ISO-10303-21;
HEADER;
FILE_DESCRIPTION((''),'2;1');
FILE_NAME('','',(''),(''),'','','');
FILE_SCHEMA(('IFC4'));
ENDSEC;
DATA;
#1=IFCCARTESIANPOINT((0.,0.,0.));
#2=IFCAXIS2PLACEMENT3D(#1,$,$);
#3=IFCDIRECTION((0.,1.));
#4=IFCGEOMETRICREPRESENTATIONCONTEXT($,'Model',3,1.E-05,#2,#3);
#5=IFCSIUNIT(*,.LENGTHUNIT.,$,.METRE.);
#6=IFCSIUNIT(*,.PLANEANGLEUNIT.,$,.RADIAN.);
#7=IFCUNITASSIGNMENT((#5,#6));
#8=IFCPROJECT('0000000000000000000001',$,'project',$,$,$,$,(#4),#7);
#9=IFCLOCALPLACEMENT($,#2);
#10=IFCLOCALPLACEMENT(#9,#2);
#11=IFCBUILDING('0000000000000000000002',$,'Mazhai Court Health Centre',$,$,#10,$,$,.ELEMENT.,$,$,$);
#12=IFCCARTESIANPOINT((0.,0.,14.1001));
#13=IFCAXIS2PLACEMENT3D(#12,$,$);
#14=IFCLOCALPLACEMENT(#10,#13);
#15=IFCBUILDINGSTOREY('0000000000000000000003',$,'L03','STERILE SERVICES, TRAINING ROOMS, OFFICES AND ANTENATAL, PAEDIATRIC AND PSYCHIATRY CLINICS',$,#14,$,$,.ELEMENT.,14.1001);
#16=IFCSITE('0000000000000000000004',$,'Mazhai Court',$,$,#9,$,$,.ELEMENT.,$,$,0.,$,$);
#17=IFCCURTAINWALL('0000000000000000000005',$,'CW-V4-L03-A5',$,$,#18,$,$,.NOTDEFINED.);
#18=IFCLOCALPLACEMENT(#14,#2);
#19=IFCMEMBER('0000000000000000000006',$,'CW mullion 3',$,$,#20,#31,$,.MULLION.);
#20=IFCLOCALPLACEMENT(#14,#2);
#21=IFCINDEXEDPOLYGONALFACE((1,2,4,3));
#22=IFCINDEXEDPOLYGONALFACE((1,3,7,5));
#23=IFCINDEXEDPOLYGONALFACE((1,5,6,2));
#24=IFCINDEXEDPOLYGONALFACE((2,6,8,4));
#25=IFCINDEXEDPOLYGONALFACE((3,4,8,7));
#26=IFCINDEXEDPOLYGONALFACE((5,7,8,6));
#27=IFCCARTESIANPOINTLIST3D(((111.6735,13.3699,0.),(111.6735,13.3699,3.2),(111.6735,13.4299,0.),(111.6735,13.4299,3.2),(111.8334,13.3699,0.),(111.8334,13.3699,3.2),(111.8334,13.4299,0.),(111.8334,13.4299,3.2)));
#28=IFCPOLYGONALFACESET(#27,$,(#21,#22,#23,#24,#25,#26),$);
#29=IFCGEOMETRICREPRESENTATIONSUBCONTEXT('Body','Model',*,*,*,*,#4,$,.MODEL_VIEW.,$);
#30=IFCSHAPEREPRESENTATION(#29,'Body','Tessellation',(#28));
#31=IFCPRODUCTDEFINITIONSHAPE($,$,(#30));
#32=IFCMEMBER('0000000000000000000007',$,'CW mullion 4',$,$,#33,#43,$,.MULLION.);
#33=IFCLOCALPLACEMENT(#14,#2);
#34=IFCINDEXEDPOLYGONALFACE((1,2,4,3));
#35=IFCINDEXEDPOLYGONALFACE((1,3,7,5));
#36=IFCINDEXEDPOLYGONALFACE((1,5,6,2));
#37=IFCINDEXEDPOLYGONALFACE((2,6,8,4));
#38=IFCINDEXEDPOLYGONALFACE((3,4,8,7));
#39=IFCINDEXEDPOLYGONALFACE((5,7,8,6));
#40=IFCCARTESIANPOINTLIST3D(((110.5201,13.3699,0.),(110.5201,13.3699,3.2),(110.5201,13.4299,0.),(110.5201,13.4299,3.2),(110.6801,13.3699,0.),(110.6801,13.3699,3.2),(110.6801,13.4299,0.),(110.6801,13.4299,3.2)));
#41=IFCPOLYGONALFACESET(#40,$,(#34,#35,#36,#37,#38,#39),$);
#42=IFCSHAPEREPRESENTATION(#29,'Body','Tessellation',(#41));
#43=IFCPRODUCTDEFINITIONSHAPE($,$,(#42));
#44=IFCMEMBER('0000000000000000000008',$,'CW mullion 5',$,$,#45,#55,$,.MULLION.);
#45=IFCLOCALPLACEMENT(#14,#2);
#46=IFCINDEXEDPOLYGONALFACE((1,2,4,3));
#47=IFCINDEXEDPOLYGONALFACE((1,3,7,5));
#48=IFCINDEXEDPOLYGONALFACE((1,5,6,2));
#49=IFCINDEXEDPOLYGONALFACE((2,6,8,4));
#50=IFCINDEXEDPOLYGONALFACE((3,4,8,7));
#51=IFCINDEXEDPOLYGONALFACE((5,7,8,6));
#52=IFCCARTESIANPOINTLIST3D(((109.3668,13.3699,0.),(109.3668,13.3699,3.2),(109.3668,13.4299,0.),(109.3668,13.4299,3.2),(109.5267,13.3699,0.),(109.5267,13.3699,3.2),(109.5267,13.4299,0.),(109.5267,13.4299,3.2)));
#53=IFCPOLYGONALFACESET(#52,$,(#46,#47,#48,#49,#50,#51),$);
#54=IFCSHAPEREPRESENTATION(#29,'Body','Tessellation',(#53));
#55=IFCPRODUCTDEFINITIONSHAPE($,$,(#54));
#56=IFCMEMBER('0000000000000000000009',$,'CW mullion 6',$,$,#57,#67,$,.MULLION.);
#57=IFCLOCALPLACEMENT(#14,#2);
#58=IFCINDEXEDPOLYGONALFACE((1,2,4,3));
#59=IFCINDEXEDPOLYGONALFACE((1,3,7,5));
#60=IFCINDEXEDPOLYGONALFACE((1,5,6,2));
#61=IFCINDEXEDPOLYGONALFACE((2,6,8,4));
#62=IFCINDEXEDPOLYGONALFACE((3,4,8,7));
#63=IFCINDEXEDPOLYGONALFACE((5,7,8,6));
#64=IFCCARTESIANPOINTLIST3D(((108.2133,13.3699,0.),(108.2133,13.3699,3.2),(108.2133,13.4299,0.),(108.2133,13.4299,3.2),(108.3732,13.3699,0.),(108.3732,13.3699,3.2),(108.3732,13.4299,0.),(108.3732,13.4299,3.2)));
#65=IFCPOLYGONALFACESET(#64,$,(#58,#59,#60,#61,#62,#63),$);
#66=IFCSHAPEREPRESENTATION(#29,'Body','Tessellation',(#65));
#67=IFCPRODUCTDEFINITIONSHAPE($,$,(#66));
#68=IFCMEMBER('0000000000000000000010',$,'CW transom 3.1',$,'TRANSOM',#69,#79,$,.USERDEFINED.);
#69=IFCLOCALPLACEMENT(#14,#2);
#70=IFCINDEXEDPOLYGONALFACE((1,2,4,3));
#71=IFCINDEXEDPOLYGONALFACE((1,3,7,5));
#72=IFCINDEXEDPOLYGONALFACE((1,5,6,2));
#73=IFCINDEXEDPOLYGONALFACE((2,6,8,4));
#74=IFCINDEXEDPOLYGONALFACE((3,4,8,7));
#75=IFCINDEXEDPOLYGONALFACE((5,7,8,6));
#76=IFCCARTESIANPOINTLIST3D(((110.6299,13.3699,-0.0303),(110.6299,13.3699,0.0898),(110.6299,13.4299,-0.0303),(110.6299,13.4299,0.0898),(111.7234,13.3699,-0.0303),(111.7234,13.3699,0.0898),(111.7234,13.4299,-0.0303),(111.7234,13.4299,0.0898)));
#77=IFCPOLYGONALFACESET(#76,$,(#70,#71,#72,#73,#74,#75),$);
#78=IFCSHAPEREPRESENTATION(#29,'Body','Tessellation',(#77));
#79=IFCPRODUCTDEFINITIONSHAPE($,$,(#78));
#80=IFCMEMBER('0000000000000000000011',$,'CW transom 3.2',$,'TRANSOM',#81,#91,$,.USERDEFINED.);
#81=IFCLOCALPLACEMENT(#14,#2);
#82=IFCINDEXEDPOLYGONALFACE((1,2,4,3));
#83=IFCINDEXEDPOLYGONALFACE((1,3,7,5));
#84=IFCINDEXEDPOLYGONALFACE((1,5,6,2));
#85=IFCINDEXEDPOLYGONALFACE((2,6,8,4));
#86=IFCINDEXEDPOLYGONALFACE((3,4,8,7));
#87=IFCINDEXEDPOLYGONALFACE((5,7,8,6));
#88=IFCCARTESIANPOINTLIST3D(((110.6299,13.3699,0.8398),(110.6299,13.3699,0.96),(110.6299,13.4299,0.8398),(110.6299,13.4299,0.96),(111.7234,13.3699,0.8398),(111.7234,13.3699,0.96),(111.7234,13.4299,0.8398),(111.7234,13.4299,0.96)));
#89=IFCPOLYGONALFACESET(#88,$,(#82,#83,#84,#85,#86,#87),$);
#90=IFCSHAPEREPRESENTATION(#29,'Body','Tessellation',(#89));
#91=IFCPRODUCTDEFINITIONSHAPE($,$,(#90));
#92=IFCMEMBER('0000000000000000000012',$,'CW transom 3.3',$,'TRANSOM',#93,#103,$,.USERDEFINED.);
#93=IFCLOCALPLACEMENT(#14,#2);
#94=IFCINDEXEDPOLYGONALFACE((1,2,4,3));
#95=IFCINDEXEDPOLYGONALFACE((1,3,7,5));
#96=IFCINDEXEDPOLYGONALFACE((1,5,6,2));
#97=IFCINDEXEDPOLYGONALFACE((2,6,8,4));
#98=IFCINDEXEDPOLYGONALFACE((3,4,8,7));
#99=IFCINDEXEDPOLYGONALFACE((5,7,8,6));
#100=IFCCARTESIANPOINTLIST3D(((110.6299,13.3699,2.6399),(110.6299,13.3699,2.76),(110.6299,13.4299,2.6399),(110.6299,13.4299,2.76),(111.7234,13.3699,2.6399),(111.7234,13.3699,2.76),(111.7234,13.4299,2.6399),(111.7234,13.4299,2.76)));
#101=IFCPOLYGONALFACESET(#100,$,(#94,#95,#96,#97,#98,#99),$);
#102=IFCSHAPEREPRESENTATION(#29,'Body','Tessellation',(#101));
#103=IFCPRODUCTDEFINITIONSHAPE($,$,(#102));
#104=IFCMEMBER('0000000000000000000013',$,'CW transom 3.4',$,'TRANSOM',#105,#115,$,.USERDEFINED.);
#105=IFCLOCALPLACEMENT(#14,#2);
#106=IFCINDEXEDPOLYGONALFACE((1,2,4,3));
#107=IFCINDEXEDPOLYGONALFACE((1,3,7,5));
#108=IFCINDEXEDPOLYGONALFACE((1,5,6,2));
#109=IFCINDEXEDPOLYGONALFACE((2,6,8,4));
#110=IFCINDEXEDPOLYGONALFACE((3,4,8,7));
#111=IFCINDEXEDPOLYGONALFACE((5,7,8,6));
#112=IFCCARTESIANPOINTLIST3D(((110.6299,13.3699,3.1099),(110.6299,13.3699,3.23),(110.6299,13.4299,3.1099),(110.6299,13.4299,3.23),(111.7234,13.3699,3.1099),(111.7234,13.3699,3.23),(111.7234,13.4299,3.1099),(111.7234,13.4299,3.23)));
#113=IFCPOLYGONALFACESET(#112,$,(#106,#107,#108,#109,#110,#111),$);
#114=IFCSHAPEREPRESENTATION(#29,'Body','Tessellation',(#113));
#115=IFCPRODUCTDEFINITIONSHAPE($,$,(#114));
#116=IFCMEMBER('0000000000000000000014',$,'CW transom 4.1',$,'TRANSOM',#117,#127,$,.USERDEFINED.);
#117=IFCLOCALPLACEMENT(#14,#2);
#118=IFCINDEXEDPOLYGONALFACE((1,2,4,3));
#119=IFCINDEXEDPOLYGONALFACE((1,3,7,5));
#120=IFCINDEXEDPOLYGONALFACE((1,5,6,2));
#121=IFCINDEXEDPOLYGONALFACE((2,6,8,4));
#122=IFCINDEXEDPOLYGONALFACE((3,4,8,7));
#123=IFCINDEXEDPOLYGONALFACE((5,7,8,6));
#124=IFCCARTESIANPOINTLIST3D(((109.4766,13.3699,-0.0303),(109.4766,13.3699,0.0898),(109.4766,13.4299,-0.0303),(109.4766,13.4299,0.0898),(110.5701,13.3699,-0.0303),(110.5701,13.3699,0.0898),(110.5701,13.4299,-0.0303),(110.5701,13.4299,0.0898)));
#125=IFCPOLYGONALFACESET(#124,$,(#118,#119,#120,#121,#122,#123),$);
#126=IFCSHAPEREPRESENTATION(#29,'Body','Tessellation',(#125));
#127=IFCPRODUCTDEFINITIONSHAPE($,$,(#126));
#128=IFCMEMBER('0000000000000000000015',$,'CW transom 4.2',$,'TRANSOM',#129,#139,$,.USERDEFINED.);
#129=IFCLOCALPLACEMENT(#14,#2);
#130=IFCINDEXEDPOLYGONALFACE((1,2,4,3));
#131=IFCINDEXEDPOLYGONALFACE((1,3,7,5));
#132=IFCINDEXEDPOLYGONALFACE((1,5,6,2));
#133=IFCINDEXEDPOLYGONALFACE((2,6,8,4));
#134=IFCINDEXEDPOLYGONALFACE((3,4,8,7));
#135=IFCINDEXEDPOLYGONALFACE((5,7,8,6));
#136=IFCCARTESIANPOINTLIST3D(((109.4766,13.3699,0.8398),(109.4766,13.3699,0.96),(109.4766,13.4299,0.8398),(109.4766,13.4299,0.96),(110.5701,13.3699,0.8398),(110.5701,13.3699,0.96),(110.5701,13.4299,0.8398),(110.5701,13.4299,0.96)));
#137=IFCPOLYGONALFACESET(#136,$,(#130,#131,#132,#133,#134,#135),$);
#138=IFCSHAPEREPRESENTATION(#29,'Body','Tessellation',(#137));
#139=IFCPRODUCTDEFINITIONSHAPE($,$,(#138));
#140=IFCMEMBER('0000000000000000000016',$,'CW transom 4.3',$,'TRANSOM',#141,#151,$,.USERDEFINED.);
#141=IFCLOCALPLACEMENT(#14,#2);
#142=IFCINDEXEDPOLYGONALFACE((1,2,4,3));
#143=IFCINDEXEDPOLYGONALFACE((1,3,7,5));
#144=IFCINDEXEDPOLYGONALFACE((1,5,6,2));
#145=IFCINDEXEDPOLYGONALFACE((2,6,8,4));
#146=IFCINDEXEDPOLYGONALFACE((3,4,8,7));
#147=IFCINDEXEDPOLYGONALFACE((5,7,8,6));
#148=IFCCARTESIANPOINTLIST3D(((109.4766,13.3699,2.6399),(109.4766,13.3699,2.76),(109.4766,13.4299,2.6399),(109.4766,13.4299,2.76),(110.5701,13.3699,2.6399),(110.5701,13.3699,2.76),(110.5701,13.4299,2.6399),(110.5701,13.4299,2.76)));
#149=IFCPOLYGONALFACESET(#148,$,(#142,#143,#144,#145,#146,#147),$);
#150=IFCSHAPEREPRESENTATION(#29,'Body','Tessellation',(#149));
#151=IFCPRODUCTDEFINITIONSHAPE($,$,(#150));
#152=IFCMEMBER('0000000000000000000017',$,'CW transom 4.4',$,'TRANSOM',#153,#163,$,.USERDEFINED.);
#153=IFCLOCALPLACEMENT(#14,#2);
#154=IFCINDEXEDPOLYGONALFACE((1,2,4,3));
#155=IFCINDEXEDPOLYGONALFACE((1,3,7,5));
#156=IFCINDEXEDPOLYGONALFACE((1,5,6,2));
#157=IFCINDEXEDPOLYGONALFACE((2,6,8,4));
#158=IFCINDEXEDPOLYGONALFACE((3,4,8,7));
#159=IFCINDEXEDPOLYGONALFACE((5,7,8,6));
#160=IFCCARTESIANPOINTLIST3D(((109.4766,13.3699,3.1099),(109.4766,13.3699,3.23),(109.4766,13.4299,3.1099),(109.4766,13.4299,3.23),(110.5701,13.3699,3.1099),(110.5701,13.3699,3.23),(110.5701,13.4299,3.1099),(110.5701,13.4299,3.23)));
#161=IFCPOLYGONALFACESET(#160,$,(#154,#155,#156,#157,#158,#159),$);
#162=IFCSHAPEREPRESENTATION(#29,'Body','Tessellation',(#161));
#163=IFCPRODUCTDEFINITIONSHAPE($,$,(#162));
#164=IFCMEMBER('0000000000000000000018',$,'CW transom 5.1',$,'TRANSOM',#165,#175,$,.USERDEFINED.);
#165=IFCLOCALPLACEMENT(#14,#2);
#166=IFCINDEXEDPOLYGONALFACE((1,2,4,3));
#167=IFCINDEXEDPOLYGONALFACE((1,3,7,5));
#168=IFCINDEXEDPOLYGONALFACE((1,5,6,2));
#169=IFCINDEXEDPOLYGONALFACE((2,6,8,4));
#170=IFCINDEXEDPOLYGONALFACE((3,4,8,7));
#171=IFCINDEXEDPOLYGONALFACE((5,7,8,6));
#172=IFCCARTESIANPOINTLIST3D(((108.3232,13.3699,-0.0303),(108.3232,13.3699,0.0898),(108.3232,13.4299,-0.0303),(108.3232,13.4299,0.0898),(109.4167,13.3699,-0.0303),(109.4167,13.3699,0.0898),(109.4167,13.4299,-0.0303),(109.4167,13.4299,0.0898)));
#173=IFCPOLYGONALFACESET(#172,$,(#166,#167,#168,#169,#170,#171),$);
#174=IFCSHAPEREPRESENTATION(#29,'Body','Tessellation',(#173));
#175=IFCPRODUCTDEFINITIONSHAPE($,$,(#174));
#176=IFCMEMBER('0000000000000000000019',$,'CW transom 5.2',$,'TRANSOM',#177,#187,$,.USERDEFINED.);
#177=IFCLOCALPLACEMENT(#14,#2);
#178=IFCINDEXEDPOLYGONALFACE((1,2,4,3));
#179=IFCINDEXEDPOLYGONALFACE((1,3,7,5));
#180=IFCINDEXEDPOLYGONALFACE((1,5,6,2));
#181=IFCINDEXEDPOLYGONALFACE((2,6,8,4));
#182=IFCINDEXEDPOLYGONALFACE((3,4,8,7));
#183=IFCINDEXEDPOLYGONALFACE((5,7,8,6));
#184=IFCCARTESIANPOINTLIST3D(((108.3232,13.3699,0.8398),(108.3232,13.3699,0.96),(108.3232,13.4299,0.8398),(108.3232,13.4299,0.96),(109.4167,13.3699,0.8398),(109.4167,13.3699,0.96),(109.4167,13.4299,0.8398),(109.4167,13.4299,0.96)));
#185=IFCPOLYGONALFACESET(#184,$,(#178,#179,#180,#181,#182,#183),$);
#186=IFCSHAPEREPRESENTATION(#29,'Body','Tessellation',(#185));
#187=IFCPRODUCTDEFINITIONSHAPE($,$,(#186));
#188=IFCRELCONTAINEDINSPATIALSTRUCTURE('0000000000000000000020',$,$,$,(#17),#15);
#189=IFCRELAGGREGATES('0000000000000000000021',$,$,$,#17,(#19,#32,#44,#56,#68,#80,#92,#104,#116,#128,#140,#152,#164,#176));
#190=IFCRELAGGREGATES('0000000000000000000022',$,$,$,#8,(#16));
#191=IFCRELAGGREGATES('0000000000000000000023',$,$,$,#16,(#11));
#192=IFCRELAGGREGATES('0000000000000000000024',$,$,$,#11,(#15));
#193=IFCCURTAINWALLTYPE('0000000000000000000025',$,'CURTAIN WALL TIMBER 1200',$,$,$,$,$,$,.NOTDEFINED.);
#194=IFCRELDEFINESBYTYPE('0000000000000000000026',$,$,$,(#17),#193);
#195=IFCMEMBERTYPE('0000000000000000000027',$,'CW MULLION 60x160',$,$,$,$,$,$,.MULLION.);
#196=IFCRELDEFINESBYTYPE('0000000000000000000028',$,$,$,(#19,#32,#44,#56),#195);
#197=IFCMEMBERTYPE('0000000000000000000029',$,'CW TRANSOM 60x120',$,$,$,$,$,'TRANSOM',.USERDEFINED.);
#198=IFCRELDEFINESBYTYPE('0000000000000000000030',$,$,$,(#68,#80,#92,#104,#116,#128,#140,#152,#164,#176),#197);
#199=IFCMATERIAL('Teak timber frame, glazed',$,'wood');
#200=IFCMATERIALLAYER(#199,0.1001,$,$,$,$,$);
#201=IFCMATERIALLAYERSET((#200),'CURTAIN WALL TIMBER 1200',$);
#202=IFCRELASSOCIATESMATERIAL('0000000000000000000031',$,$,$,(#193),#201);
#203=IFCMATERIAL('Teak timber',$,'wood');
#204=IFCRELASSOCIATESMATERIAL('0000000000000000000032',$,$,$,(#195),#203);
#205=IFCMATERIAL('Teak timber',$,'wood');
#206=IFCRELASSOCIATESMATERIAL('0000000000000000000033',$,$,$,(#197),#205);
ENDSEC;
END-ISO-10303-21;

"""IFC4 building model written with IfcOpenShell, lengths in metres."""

from ifc_helpers import new_model, si_unit, direction, frame, origin, origin_2d, place, context, subcontext, project, spatial, rectangle, extrude, material, layer, layer_set, material_profile, profile_set, type_object, element, aggregate, save


model = new_model("IFC4")

# Units and contexts
model_context = context("Model", 3, precision=1e-05, world=origin(), true_north=direction((0.0, 1.0)))
body_context = subcontext(model_context, "Body", "Model", "MODEL_VIEW")
ifc_project = project(units=[si_unit("LENGTHUNIT", "METRE"), si_unit("PLANEANGLEUNIT", "RADIAN")], contexts=[model_context])

# Site, building, storey
site_placement = place(None, origin())
site = spatial("IfcSite", under=ifc_project, at=site_placement, Name="Mazhai Court", CompositionType="ELEMENT", RefElevation=0.0)
building_placement = place(site_placement, origin())
building = spatial("IfcBuilding", under=site, at=building_placement, Name="Mazhai Court Health Centre", CompositionType="ELEMENT")
storey_placement = place(building_placement, frame((0.0, 0.0, 14.1001)))
storey = spatial("IfcBuildingStorey", under=building, at=storey_placement, Name="L03", Description="STERILE SERVICES, TRAINING ROOMS, OFFICES AND ANTENATAL, PAEDIATRIC AND PSYCHIATRY CLINICS", CompositionType="ELEMENT", Elevation=14.1001)

# Curtain wall, members
ifc_material_1 = material(Name="Teak timber frame, glazed", Category="wood")
ifc_layer_1 = layer(ifc_material_1, 0.1001)
ifc_layer_set_1 = layer_set([ifc_layer_1], Name="CURTAIN WALL TIMBER 1200")
curtain_wall_type = type_object("IfcCurtainWallType", Name="CURTAIN WALL TIMBER 1200", PredefinedType="NOTDEFINED", material=ifc_layer_set_1)
curtain_wall_placement = place(storey_placement, origin())
curtain_wall = element("IfcCurtainWall", 1, at=curtain_wall_placement, inside=storey, type_object=curtain_wall_type, Name="CW-V4-L03-A5", PredefinedType="NOTDEFINED")
ifc_material_2 = material(Name="Teak timber", Category="wood")
ifc_material_profile_1 = material_profile(ifc_material_2, rectangle(XDim=0.0601, YDim=0.1599, at=origin_2d()), Name="CW MULLION 60x160")
ifc_profile_set_1 = profile_set([ifc_material_profile_1], Name="Teak timber")
member_type_1 = type_object("IfcMemberType", Name="CW MULLION 60x160", PredefinedType="MULLION", material=ifc_profile_set_1)
member_1_placement = place(storey_placement, frame((111.7534, 13.3999, 0.0), z_axis=(0.0, 0.0, 1.0), x_axis=(0.0, -1.0, 0.0)))
member_1 = element("IfcMember", 2, at=member_1_placement, type_object=member_type_1, Name="CW mullion 3", PredefinedType="MULLION", context=body_context, shape_type="SweptSolid", body=[
    extrude(rectangle(XDim=0.0601, YDim=0.1599, at=origin_2d()), origin(), (0.0, 0.0, 1.0), 3.2),
])
member_2_placement = place(storey_placement, frame((110.6001, 13.3999, 0.0), z_axis=(0.0, 0.0, 1.0), x_axis=(0.0, -1.0, 0.0)))
member_2 = element("IfcMember", 3, at=member_2_placement, type_object=member_type_1, Name="CW mullion 4", PredefinedType="MULLION", context=body_context, shape_type="SweptSolid", body=[
    extrude(rectangle(XDim=0.0601, YDim=0.1599, at=origin_2d()), origin(), (0.0, 0.0, 1.0), 3.2),
])
member_3_placement = place(storey_placement, frame((109.4468, 13.3999, 0.0), z_axis=(0.0, 0.0, 1.0), x_axis=(0.0, -1.0, 0.0)))
member_3 = element("IfcMember", 4, at=member_3_placement, type_object=member_type_1, Name="CW mullion 5", PredefinedType="MULLION", context=body_context, shape_type="SweptSolid", body=[
    extrude(rectangle(XDim=0.0601, YDim=0.1599, at=origin_2d()), origin(), (0.0, 0.0, 1.0), 3.2),
])
member_4_placement = place(storey_placement, frame((108.2932, 13.3999, 0.0), z_axis=(0.0, 0.0, 1.0), x_axis=(0.0, -1.0, 0.0)))
member_4 = element("IfcMember", 5, at=member_4_placement, type_object=member_type_1, Name="CW mullion 6", PredefinedType="MULLION", context=body_context, shape_type="SweptSolid", body=[
    extrude(rectangle(XDim=0.0601, YDim=0.1599, at=origin_2d()), origin(), (0.0, 0.0, 1.0), 3.2),
])
ifc_material_3 = material(Name="Teak timber", Category="wood")
ifc_material_profile_2 = material_profile(ifc_material_3, rectangle(XDim=0.0601, YDim=0.1201, at=origin_2d()), Name="CW TRANSOM 60x120")
ifc_profile_set_2 = profile_set([ifc_material_profile_2], Name="Teak timber")
member_type_2 = type_object("IfcMemberType", Name="CW TRANSOM 60x120", ElementType="TRANSOM", PredefinedType="USERDEFINED", material=ifc_profile_set_2)
member_5_placement = place(storey_placement, frame((111.7234, 13.3999, 0.0298), z_axis=(-1.0, 0.0, 0.0), x_axis=(0.0, -1.0, 0.0)))
member_5 = element("IfcMember", 6, at=member_5_placement, type_object=member_type_2, Name="CW transom 3.1", ObjectType="TRANSOM", PredefinedType="USERDEFINED", context=body_context, shape_type="SweptSolid", body=[
    extrude(rectangle(XDim=0.0601, YDim=0.1201, at=origin_2d()), origin(), (0.0, 0.0, 1.0), 1.0935),
])
member_6_placement = place(storey_placement, frame((111.7234, 13.3999, 0.8999), z_axis=(-1.0, 0.0, 0.0), x_axis=(0.0, -1.0, 0.0)))
member_6 = element("IfcMember", 7, at=member_6_placement, type_object=member_type_2, Name="CW transom 3.2", ObjectType="TRANSOM", PredefinedType="USERDEFINED", context=body_context, shape_type="SweptSolid", body=[
    extrude(rectangle(XDim=0.0601, YDim=0.1201, at=origin_2d()), origin(), (0.0, 0.0, 1.0), 1.0935),
])
member_7_placement = place(storey_placement, frame((111.7234, 13.3999, 2.7), z_axis=(-1.0, 0.0, 0.0), x_axis=(0.0, -1.0, 0.0)))
member_7 = element("IfcMember", 8, at=member_7_placement, type_object=member_type_2, Name="CW transom 3.3", ObjectType="TRANSOM", PredefinedType="USERDEFINED", context=body_context, shape_type="SweptSolid", body=[
    extrude(rectangle(XDim=0.0601, YDim=0.1201, at=origin_2d()), origin(), (0.0, 0.0, 1.0), 1.0935),
])
member_8_placement = place(storey_placement, frame((111.7234, 13.3999, 3.1699), z_axis=(-1.0, 0.0, 0.0), x_axis=(0.0, -1.0, 0.0)))
member_8 = element("IfcMember", 9, at=member_8_placement, type_object=member_type_2, Name="CW transom 3.4", ObjectType="TRANSOM", PredefinedType="USERDEFINED", context=body_context, shape_type="SweptSolid", body=[
    extrude(rectangle(XDim=0.0601, YDim=0.1201, at=origin_2d()), origin(), (0.0, 0.0, 1.0), 1.0935),
])
member_9_placement = place(storey_placement, frame((110.5701, 13.3999, 0.0298), z_axis=(-1.0, 0.0, 0.0), x_axis=(0.0, -1.0, 0.0)))
member_9 = element("IfcMember", 10, at=member_9_placement, type_object=member_type_2, Name="CW transom 4.1", ObjectType="TRANSOM", PredefinedType="USERDEFINED", context=body_context, shape_type="SweptSolid", body=[
    extrude(rectangle(XDim=0.0601, YDim=0.1201, at=origin_2d()), origin(), (0.0, 0.0, 1.0), 1.0935),
])
member_10_placement = place(storey_placement, frame((110.5701, 13.3999, 0.8999), z_axis=(-1.0, 0.0, 0.0), x_axis=(0.0, -1.0, 0.0)))
member_10 = element("IfcMember", 11, at=member_10_placement, type_object=member_type_2, Name="CW transom 4.2", ObjectType="TRANSOM", PredefinedType="USERDEFINED", context=body_context, shape_type="SweptSolid", body=[
    extrude(rectangle(XDim=0.0601, YDim=0.1201, at=origin_2d()), origin(), (0.0, 0.0, 1.0), 1.0935),
])
member_11_placement = place(storey_placement, frame((110.5701, 13.3999, 2.7), z_axis=(-1.0, 0.0, 0.0), x_axis=(0.0, -1.0, 0.0)))
member_11 = element("IfcMember", 12, at=member_11_placement, type_object=member_type_2, Name="CW transom 4.3", ObjectType="TRANSOM", PredefinedType="USERDEFINED", context=body_context, shape_type="SweptSolid", body=[
    extrude(rectangle(XDim=0.0601, YDim=0.1201, at=origin_2d()), origin(), (0.0, 0.0, 1.0), 1.0935),
])
member_12_placement = place(storey_placement, frame((110.5701, 13.3999, 3.1699), z_axis=(-1.0, 0.0, 0.0), x_axis=(0.0, -1.0, 0.0)))
member_12 = element("IfcMember", 13, at=member_12_placement, type_object=member_type_2, Name="CW transom 4.4", ObjectType="TRANSOM", PredefinedType="USERDEFINED", context=body_context, shape_type="SweptSolid", body=[
    extrude(rectangle(XDim=0.0601, YDim=0.1201, at=origin_2d()), origin(), (0.0, 0.0, 1.0), 1.0935),
])
member_13_placement = place(storey_placement, frame((109.4167, 13.3999, 0.0298), z_axis=(-1.0, 0.0, 0.0), x_axis=(0.0, -1.0, 0.0)))
member_13 = element("IfcMember", 14, at=member_13_placement, type_object=member_type_2, Name="CW transom 5.1", ObjectType="TRANSOM", PredefinedType="USERDEFINED", context=body_context, shape_type="SweptSolid", body=[
    extrude(rectangle(XDim=0.0601, YDim=0.1201, at=origin_2d()), origin(), (0.0, 0.0, 1.0), 1.0935),
])
member_14_placement = place(storey_placement, frame((109.4167, 13.3999, 0.8999), z_axis=(-1.0, 0.0, 0.0), x_axis=(0.0, -1.0, 0.0)))
member_14 = element("IfcMember", 15, at=member_14_placement, type_object=member_type_2, Name="CW transom 5.2", ObjectType="TRANSOM", PredefinedType="USERDEFINED", context=body_context, shape_type="SweptSolid", body=[
    extrude(rectangle(XDim=0.0601, YDim=0.1201, at=origin_2d()), origin(), (0.0, 0.0, 1.0), 1.0935),
])

aggregate(curtain_wall, [member_1, member_2, member_3, member_4, member_5, member_6, member_7, member_8, member_9, member_10, member_11, member_12, member_13, member_14])

save(model, "model.ifc")
